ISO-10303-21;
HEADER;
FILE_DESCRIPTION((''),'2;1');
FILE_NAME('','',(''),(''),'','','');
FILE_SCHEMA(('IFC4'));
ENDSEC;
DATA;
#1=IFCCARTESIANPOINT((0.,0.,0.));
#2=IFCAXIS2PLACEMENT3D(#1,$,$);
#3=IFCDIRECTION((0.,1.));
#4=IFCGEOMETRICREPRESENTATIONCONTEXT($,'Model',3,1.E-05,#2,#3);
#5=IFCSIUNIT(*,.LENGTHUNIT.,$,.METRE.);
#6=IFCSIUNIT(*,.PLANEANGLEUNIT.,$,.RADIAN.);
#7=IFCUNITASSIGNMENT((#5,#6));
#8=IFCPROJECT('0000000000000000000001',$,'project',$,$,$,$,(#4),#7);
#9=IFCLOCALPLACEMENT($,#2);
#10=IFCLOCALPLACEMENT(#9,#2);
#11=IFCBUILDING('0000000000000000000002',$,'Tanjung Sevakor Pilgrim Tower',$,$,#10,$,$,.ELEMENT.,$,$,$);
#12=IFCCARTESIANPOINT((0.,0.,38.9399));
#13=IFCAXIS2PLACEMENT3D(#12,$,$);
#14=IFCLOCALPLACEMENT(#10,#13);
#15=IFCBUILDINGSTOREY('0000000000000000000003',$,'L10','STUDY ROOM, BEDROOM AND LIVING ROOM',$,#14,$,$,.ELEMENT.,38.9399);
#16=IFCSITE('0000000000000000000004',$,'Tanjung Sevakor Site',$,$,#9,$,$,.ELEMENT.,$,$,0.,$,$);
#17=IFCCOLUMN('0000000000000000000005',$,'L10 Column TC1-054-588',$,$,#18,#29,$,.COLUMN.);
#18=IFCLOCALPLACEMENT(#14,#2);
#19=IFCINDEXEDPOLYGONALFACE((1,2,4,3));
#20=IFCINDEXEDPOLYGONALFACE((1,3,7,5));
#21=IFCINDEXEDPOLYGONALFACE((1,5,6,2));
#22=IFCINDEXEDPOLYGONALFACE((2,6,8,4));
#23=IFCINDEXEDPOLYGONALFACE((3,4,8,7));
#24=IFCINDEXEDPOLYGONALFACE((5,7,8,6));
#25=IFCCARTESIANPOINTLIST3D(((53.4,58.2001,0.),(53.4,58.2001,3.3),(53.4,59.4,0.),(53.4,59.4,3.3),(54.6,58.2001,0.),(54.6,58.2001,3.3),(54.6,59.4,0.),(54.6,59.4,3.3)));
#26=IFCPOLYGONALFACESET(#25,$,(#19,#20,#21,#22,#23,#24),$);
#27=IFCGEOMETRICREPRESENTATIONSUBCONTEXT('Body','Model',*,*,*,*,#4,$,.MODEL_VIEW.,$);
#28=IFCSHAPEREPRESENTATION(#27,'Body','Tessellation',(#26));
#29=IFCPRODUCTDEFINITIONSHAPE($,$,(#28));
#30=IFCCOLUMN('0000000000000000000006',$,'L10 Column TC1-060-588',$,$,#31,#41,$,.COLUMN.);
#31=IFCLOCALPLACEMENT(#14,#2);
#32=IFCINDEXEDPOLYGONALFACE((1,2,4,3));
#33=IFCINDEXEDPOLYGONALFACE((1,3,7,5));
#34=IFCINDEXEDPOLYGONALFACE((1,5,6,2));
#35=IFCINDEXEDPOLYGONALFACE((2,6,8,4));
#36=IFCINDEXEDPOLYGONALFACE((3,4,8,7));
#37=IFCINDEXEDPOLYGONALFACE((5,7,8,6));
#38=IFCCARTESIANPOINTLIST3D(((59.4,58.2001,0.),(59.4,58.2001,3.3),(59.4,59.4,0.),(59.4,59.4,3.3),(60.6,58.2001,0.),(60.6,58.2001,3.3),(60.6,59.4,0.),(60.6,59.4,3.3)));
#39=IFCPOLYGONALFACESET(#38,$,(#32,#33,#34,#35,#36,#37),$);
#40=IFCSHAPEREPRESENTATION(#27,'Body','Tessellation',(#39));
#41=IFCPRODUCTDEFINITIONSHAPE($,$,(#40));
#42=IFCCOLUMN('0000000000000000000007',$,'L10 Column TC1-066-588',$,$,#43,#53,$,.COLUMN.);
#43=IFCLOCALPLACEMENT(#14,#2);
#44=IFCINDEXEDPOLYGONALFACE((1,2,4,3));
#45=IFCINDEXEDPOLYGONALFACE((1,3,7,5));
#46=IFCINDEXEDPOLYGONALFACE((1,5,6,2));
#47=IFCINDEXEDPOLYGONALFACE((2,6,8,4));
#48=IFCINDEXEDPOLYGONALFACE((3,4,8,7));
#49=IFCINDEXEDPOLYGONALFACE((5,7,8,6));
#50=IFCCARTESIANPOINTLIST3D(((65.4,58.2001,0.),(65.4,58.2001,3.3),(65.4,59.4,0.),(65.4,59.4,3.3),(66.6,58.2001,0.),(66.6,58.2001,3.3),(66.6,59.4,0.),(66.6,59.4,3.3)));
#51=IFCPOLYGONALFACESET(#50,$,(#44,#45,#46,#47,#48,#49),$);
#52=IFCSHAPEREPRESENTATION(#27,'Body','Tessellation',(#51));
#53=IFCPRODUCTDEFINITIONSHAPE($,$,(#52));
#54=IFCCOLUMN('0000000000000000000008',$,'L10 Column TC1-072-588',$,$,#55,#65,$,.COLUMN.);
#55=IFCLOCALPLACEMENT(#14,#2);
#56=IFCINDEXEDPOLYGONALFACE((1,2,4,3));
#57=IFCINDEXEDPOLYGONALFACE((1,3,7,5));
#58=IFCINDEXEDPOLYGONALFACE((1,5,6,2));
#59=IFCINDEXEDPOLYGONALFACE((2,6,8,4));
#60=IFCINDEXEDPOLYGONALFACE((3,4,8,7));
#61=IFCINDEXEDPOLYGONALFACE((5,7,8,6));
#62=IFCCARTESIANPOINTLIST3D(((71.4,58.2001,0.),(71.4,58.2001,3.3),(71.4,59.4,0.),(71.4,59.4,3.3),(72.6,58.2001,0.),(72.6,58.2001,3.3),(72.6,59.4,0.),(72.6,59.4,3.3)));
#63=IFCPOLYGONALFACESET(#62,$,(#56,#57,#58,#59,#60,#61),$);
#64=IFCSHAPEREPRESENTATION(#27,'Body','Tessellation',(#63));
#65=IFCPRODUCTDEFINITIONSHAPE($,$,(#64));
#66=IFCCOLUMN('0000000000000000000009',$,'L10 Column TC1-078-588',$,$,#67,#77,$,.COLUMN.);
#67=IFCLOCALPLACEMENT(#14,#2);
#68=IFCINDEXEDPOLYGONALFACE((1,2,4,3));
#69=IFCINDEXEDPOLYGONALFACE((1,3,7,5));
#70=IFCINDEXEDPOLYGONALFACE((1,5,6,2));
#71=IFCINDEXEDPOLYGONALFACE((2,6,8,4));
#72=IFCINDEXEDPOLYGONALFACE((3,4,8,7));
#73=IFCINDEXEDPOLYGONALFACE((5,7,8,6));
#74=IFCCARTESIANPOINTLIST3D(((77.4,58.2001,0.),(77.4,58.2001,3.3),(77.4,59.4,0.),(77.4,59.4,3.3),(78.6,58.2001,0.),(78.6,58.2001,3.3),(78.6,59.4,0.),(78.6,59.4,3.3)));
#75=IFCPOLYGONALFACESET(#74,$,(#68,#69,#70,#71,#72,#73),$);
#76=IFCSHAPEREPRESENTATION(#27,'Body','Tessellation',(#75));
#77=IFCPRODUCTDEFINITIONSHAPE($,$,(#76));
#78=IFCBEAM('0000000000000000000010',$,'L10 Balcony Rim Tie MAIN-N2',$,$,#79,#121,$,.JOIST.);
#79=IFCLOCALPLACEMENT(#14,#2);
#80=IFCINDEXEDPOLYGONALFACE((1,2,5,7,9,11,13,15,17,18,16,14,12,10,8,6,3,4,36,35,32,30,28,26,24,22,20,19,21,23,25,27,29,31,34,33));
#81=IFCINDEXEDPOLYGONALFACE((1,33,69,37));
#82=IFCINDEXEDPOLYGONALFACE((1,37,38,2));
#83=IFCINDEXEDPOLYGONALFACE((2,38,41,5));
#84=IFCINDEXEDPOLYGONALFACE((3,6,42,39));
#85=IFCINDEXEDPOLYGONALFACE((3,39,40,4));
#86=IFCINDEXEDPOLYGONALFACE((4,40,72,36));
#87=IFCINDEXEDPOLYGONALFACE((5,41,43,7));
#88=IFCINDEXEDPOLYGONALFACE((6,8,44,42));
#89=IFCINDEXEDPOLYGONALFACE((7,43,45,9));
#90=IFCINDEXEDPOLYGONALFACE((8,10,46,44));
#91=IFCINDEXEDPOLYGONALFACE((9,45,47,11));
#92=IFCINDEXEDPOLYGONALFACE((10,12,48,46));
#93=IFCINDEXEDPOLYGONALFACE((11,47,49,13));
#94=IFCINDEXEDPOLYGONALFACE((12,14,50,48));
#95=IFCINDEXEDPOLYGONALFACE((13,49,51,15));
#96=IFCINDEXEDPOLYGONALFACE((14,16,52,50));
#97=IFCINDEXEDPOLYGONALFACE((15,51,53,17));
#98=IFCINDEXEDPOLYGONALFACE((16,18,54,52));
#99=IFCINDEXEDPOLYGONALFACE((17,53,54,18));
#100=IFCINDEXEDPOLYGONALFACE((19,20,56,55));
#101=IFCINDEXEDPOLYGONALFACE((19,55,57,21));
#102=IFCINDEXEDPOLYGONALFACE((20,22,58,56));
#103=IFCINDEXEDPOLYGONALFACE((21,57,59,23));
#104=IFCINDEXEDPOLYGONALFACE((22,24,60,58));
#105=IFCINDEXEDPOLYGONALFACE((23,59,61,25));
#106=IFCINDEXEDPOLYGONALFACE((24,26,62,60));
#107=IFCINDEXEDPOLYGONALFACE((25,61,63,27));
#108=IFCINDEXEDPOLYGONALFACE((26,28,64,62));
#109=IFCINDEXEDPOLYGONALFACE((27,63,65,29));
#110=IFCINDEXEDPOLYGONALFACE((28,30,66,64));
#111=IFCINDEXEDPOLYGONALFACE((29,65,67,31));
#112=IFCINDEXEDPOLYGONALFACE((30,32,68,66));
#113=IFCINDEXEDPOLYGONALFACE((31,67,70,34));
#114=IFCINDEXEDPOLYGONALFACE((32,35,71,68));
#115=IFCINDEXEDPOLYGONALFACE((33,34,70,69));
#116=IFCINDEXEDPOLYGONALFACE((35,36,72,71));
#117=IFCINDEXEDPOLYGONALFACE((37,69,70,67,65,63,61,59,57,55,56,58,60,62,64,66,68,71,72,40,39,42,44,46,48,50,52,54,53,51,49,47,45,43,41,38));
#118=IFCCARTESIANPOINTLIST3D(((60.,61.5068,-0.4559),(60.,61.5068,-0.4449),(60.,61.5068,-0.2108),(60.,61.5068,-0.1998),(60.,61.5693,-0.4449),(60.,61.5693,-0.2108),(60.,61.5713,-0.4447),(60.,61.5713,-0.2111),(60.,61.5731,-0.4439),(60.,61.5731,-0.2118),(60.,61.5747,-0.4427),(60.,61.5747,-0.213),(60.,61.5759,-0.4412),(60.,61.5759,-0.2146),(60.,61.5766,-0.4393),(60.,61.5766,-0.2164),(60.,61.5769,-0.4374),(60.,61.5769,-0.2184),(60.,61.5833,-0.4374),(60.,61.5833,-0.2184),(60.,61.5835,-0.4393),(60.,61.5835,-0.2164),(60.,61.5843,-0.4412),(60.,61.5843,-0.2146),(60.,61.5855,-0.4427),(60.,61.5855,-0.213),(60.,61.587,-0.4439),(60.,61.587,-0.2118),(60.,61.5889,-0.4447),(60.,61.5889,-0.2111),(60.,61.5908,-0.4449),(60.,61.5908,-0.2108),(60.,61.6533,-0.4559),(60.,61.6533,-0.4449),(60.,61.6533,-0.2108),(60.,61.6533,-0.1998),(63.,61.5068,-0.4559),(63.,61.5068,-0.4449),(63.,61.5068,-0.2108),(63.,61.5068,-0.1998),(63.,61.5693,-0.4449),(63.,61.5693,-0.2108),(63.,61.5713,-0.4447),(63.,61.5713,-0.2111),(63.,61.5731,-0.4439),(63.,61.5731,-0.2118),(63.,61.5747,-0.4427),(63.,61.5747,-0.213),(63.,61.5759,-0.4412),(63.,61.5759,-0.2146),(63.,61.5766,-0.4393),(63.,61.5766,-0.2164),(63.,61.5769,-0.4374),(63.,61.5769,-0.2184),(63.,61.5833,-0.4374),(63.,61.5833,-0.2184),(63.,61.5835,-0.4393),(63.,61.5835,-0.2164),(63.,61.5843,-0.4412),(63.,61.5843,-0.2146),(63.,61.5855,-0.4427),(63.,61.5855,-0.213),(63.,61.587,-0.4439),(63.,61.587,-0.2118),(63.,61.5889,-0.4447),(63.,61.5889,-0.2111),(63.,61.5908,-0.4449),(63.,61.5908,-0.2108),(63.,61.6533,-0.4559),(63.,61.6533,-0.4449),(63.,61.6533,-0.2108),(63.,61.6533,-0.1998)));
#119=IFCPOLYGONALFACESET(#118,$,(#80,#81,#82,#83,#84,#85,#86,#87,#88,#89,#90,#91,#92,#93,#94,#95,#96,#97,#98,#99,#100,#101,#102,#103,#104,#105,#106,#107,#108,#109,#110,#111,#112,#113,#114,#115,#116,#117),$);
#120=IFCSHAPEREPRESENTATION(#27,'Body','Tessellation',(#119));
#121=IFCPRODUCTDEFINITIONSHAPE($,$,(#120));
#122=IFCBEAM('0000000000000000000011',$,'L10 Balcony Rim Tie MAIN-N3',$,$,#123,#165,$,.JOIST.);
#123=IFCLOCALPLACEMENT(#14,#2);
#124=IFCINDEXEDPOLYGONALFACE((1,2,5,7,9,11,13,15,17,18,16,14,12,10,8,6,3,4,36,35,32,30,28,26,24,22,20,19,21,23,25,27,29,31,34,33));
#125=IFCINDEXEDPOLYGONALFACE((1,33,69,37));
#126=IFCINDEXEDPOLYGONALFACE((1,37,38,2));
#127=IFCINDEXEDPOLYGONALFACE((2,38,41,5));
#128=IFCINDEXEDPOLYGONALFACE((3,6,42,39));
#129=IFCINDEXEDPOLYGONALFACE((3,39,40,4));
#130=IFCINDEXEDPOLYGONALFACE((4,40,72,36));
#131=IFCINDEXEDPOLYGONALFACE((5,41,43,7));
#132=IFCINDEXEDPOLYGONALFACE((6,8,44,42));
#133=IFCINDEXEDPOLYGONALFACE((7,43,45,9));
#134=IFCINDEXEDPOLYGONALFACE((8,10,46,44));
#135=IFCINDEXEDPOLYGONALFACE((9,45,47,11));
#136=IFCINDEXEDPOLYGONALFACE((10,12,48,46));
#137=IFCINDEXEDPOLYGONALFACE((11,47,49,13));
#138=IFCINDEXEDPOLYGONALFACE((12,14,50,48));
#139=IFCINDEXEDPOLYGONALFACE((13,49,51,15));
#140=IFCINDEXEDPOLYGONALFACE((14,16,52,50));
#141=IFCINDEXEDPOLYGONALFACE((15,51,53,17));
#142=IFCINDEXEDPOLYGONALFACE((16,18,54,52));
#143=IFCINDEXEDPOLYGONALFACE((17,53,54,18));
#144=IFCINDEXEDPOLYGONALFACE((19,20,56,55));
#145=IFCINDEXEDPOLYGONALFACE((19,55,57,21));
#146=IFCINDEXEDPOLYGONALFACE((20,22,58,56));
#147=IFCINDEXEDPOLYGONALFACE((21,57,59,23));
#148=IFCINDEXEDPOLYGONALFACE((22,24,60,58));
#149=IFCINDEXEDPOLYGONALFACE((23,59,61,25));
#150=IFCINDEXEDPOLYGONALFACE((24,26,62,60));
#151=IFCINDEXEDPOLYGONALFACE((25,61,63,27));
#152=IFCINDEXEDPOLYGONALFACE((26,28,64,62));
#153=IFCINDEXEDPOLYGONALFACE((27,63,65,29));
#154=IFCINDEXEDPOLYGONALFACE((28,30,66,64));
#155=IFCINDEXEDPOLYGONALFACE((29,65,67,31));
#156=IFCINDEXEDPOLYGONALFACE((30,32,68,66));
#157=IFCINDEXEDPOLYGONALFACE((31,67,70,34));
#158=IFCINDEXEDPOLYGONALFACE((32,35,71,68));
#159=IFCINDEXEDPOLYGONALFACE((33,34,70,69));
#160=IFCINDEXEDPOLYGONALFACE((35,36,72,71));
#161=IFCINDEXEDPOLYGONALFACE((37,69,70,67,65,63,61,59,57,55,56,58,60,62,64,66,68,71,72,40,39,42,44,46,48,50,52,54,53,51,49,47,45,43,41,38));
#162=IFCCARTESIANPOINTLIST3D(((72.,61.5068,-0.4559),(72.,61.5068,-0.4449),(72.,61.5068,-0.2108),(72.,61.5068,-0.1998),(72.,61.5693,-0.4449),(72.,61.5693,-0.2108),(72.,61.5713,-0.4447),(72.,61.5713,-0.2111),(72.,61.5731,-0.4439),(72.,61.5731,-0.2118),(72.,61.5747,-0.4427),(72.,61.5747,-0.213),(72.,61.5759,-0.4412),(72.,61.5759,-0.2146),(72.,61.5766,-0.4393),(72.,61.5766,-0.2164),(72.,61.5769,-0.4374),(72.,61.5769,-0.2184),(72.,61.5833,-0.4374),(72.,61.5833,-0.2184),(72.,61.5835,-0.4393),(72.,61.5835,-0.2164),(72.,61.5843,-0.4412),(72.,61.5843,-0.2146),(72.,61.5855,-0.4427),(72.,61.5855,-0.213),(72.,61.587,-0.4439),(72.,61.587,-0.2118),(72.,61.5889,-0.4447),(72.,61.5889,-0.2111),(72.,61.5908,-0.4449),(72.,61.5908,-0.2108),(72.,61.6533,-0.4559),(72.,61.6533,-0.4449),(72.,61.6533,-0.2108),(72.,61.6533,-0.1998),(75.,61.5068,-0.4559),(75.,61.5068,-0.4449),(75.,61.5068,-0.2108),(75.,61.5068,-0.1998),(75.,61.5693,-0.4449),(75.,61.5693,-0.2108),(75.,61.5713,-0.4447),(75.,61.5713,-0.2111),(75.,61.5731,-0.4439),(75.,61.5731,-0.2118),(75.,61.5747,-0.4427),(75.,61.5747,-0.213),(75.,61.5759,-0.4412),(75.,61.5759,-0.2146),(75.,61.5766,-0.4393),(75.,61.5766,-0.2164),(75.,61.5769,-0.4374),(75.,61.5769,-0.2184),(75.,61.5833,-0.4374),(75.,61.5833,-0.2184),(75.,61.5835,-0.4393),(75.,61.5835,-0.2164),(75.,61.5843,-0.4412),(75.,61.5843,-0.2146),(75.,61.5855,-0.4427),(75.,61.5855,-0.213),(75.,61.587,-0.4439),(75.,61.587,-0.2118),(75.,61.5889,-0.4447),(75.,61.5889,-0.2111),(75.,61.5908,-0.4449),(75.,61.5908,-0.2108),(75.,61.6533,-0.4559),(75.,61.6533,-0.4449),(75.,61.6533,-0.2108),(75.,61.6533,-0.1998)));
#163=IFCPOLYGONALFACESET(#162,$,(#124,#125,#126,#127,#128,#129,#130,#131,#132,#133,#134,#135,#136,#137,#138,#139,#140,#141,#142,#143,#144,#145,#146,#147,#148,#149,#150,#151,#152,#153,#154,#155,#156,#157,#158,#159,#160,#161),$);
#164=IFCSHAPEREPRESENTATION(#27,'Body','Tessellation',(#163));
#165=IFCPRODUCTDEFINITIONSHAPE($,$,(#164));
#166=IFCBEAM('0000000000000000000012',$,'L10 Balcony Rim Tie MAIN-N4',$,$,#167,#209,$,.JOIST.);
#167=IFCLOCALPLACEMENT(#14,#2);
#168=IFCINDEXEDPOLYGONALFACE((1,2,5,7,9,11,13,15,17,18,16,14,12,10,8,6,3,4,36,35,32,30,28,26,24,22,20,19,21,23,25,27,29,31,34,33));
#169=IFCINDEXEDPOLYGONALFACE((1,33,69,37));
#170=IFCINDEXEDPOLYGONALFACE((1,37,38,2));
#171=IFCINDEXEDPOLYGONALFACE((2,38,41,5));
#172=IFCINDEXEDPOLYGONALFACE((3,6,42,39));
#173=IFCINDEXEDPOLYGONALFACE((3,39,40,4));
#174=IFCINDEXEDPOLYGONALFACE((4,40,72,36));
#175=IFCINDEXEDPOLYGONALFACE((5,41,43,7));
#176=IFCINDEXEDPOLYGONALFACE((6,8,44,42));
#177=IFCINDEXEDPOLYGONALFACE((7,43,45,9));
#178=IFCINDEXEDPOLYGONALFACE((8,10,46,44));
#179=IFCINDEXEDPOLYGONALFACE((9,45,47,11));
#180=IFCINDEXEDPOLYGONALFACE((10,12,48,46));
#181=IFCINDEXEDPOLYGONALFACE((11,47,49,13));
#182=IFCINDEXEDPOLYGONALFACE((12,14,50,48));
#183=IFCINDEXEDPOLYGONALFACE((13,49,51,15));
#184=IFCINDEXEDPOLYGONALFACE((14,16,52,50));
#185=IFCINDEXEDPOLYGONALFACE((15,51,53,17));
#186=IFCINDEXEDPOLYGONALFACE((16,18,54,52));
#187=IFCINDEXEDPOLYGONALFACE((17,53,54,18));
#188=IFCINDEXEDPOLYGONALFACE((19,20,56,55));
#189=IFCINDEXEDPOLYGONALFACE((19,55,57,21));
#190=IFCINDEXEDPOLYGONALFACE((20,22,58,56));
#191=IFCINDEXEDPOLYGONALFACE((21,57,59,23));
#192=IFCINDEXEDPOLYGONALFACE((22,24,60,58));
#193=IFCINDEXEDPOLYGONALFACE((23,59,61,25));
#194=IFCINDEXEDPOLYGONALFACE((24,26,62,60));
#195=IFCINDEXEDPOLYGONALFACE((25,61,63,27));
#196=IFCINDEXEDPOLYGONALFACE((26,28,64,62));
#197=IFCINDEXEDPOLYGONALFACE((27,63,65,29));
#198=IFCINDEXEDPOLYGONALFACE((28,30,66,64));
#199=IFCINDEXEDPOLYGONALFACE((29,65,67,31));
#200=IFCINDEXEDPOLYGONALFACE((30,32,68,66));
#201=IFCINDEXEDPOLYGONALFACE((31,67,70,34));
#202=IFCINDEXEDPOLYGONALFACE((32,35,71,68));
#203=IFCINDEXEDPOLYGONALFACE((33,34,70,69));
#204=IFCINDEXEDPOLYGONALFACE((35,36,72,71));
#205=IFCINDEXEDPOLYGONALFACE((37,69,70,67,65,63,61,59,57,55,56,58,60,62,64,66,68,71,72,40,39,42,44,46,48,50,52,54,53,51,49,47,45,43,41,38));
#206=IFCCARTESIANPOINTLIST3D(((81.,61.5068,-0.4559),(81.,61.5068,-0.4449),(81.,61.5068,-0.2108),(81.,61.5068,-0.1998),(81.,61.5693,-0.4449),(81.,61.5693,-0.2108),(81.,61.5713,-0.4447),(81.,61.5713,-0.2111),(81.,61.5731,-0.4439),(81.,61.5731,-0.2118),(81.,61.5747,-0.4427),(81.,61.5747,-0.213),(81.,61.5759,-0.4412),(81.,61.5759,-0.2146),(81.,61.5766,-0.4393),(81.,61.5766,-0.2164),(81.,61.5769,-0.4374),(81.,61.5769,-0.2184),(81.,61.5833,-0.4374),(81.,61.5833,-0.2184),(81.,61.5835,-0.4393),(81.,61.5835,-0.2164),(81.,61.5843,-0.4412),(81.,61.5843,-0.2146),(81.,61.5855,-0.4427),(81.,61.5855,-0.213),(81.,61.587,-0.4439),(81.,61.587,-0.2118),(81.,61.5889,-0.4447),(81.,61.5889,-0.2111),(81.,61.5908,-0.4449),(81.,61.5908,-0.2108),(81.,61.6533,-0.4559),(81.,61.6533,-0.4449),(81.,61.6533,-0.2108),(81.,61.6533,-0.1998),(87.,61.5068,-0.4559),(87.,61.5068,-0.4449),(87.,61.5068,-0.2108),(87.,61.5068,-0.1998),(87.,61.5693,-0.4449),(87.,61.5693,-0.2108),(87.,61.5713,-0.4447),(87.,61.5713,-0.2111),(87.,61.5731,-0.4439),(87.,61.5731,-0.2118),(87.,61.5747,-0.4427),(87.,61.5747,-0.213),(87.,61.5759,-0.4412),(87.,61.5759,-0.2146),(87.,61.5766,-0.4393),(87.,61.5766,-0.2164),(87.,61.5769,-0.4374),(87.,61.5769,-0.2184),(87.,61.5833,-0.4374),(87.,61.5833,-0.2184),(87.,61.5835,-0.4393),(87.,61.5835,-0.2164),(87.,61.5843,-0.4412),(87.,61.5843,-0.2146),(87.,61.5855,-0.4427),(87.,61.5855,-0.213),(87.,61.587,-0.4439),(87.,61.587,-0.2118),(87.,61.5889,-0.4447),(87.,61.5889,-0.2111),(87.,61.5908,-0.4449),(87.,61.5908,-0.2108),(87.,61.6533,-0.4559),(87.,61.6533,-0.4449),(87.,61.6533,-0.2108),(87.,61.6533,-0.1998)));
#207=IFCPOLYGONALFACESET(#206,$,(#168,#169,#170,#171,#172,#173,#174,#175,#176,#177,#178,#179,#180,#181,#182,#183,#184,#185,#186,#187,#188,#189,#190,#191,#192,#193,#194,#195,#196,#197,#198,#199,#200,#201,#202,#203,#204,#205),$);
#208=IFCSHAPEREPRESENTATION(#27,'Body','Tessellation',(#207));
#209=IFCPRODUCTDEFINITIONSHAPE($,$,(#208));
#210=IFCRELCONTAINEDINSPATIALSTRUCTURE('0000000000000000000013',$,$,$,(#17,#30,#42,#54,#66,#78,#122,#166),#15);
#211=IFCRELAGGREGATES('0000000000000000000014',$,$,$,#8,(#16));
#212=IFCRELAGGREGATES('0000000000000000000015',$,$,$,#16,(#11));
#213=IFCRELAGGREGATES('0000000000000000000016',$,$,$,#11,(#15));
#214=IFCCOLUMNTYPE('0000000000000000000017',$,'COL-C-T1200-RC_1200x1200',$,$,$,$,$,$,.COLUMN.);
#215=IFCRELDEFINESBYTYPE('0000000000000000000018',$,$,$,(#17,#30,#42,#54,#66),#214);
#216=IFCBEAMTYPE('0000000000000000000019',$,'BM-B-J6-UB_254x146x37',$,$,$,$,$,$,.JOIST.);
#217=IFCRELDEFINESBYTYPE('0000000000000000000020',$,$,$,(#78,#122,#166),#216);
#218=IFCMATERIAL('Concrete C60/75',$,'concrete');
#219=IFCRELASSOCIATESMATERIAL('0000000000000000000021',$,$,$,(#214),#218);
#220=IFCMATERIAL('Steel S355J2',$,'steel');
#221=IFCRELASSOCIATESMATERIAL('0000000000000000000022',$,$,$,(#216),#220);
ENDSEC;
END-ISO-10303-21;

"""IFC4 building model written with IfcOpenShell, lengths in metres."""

from ifc_helpers import new_model, si_unit, direction, frame, origin, origin_2d, place, context, subcontext, project, spatial, rectangle, i_section, extrude, material, material_profile, profile_set, type_object, element, save


model = new_model("IFC4")

# Units and contexts
model_context = context("Model", 3, precision=1e-05, world=origin(), true_north=direction((0.0, 1.0)))
body_context = subcontext(model_context, "Body", "Model", "MODEL_VIEW")
ifc_project = project(units=[si_unit("LENGTHUNIT", "METRE"), si_unit("PLANEANGLEUNIT", "RADIAN")], contexts=[model_context])

# Site, building, storey
site_placement = place(None, origin())
site = spatial("IfcSite", under=ifc_project, at=site_placement, Name="Tanjung Sevakor Site", CompositionType="ELEMENT", RefElevation=0.0)
building_placement = place(site_placement, origin())
building = spatial("IfcBuilding", under=site, at=building_placement, Name="Tanjung Sevakor Pilgrim Tower", CompositionType="ELEMENT")
storey_placement = place(building_placement, frame((0.0, 0.0, 38.9399)))
storey = spatial("IfcBuildingStorey", under=building, at=storey_placement, Name="L10", Description="STUDY ROOM, BEDROOM AND LIVING ROOM", CompositionType="ELEMENT", Elevation=38.9399)

# Columns
ifc_material_1 = material(Name="Concrete C60/75", Category="concrete")
ifc_material_profile_1 = material_profile(ifc_material_1, rectangle(XDim=1.2, YDim=1.2, at=origin_2d()))
ifc_profile_set_1 = profile_set([ifc_material_profile_1], Name="Concrete C60/75")
column_type = type_object("IfcColumnType", Name="COL-C-T1200-RC_1200x1200", PredefinedType="COLUMN", material=ifc_profile_set_1)
for number, where, z_axis, x_axis, name in (
    (1, (54.0, 58.8, 0.0), (0.0, 0.0, 1.0), (1.0, 0.0, 0.0), "L10 Column TC1-054-588"),
    (2, (60.0, 58.8, 0.0), (0.0, 0.0, 1.0), (1.0, 0.0, 0.0), "L10 Column TC1-060-588"),
    (3, (66.0, 58.8, 0.0), (0.0, 0.0, 1.0), (1.0, 0.0, 0.0), "L10 Column TC1-066-588"),
    (4, (72.0, 58.8, 0.0), (0.0, 0.0, 1.0), (1.0, 0.0, 0.0), "L10 Column TC1-072-588"),
    (5, (78.0, 58.8, 0.0), (0.0, 0.0, 1.0), (1.0, 0.0, 0.0), "L10 Column TC1-078-588"),
):
    element("IfcColumn", number, at=place(storey_placement, frame(where, z_axis=z_axis, x_axis=x_axis)), inside=storey, type_object=column_type, Name=name, PredefinedType="COLUMN", context=body_context, shape_type="SweptSolid", body=[
        extrude(rectangle(XDim=1.2, YDim=1.2, at=origin_2d()), origin(), (0.0, 0.0, 1.0), 3.3),
    ])

# Beams
ifc_material_2 = material(Name="Steel S355J2", Category="steel")
ifc_material_profile_2 = material_profile(ifc_material_2, i_section(OverallWidth=0.1465, OverallDepth=0.2561, WebThickness=0.0063, FlangeThickness=0.011, FilletRadius=0.0076, at=origin_2d()))
ifc_profile_set_2 = profile_set([ifc_material_profile_2], Name="Steel S355J2")
beam_type_1 = type_object("IfcBeamType", Name="BM-B-J6-UB_254x146x37", PredefinedType="JOIST", material=ifc_profile_set_2)
for number, where, z_axis, x_axis, name in (
    (6, (60.0, 61.5801, -0.3279), (1.0, 0.0, 0.0), (0.0, 1.0, 0.0), "L10 Balcony Rim Tie MAIN-N2"),
    (7, (72.0, 61.5801, -0.3279), (1.0, 0.0, 0.0), (0.0, 1.0, 0.0), "L10 Balcony Rim Tie MAIN-N3"),
):
    element("IfcBeam", number, at=place(storey_placement, frame(where, z_axis=z_axis, x_axis=x_axis)), inside=storey, type_object=beam_type_1, Name=name, PredefinedType="JOIST", context=body_context, shape_type="SweptSolid", body=[
        extrude(i_section(OverallWidth=0.1465, OverallDepth=0.2561, WebThickness=0.0063, FlangeThickness=0.011, FilletRadius=0.0076, at=origin_2d()), origin(), (0.0, 0.0, 1.0), 3.0),
    ])
beam_placement = place(storey_placement, frame((81.0, 61.5801, -0.3279), z_axis=(1.0, 0.0, 0.0), x_axis=(0.0, 1.0, 0.0)))
element("IfcBeam", 8, at=beam_placement, inside=storey, type_object=beam_type_1, Name="L10 Balcony Rim Tie MAIN-N4", PredefinedType="JOIST", context=body_context, shape_type="SweptSolid", body=[
    extrude(i_section(OverallWidth=0.1465, OverallDepth=0.2561, WebThickness=0.0063, FlangeThickness=0.011, FilletRadius=0.0076, at=origin_2d()), origin(), (0.0, 0.0, 1.0), 6.0),
])

save(model, "model.ifc")
